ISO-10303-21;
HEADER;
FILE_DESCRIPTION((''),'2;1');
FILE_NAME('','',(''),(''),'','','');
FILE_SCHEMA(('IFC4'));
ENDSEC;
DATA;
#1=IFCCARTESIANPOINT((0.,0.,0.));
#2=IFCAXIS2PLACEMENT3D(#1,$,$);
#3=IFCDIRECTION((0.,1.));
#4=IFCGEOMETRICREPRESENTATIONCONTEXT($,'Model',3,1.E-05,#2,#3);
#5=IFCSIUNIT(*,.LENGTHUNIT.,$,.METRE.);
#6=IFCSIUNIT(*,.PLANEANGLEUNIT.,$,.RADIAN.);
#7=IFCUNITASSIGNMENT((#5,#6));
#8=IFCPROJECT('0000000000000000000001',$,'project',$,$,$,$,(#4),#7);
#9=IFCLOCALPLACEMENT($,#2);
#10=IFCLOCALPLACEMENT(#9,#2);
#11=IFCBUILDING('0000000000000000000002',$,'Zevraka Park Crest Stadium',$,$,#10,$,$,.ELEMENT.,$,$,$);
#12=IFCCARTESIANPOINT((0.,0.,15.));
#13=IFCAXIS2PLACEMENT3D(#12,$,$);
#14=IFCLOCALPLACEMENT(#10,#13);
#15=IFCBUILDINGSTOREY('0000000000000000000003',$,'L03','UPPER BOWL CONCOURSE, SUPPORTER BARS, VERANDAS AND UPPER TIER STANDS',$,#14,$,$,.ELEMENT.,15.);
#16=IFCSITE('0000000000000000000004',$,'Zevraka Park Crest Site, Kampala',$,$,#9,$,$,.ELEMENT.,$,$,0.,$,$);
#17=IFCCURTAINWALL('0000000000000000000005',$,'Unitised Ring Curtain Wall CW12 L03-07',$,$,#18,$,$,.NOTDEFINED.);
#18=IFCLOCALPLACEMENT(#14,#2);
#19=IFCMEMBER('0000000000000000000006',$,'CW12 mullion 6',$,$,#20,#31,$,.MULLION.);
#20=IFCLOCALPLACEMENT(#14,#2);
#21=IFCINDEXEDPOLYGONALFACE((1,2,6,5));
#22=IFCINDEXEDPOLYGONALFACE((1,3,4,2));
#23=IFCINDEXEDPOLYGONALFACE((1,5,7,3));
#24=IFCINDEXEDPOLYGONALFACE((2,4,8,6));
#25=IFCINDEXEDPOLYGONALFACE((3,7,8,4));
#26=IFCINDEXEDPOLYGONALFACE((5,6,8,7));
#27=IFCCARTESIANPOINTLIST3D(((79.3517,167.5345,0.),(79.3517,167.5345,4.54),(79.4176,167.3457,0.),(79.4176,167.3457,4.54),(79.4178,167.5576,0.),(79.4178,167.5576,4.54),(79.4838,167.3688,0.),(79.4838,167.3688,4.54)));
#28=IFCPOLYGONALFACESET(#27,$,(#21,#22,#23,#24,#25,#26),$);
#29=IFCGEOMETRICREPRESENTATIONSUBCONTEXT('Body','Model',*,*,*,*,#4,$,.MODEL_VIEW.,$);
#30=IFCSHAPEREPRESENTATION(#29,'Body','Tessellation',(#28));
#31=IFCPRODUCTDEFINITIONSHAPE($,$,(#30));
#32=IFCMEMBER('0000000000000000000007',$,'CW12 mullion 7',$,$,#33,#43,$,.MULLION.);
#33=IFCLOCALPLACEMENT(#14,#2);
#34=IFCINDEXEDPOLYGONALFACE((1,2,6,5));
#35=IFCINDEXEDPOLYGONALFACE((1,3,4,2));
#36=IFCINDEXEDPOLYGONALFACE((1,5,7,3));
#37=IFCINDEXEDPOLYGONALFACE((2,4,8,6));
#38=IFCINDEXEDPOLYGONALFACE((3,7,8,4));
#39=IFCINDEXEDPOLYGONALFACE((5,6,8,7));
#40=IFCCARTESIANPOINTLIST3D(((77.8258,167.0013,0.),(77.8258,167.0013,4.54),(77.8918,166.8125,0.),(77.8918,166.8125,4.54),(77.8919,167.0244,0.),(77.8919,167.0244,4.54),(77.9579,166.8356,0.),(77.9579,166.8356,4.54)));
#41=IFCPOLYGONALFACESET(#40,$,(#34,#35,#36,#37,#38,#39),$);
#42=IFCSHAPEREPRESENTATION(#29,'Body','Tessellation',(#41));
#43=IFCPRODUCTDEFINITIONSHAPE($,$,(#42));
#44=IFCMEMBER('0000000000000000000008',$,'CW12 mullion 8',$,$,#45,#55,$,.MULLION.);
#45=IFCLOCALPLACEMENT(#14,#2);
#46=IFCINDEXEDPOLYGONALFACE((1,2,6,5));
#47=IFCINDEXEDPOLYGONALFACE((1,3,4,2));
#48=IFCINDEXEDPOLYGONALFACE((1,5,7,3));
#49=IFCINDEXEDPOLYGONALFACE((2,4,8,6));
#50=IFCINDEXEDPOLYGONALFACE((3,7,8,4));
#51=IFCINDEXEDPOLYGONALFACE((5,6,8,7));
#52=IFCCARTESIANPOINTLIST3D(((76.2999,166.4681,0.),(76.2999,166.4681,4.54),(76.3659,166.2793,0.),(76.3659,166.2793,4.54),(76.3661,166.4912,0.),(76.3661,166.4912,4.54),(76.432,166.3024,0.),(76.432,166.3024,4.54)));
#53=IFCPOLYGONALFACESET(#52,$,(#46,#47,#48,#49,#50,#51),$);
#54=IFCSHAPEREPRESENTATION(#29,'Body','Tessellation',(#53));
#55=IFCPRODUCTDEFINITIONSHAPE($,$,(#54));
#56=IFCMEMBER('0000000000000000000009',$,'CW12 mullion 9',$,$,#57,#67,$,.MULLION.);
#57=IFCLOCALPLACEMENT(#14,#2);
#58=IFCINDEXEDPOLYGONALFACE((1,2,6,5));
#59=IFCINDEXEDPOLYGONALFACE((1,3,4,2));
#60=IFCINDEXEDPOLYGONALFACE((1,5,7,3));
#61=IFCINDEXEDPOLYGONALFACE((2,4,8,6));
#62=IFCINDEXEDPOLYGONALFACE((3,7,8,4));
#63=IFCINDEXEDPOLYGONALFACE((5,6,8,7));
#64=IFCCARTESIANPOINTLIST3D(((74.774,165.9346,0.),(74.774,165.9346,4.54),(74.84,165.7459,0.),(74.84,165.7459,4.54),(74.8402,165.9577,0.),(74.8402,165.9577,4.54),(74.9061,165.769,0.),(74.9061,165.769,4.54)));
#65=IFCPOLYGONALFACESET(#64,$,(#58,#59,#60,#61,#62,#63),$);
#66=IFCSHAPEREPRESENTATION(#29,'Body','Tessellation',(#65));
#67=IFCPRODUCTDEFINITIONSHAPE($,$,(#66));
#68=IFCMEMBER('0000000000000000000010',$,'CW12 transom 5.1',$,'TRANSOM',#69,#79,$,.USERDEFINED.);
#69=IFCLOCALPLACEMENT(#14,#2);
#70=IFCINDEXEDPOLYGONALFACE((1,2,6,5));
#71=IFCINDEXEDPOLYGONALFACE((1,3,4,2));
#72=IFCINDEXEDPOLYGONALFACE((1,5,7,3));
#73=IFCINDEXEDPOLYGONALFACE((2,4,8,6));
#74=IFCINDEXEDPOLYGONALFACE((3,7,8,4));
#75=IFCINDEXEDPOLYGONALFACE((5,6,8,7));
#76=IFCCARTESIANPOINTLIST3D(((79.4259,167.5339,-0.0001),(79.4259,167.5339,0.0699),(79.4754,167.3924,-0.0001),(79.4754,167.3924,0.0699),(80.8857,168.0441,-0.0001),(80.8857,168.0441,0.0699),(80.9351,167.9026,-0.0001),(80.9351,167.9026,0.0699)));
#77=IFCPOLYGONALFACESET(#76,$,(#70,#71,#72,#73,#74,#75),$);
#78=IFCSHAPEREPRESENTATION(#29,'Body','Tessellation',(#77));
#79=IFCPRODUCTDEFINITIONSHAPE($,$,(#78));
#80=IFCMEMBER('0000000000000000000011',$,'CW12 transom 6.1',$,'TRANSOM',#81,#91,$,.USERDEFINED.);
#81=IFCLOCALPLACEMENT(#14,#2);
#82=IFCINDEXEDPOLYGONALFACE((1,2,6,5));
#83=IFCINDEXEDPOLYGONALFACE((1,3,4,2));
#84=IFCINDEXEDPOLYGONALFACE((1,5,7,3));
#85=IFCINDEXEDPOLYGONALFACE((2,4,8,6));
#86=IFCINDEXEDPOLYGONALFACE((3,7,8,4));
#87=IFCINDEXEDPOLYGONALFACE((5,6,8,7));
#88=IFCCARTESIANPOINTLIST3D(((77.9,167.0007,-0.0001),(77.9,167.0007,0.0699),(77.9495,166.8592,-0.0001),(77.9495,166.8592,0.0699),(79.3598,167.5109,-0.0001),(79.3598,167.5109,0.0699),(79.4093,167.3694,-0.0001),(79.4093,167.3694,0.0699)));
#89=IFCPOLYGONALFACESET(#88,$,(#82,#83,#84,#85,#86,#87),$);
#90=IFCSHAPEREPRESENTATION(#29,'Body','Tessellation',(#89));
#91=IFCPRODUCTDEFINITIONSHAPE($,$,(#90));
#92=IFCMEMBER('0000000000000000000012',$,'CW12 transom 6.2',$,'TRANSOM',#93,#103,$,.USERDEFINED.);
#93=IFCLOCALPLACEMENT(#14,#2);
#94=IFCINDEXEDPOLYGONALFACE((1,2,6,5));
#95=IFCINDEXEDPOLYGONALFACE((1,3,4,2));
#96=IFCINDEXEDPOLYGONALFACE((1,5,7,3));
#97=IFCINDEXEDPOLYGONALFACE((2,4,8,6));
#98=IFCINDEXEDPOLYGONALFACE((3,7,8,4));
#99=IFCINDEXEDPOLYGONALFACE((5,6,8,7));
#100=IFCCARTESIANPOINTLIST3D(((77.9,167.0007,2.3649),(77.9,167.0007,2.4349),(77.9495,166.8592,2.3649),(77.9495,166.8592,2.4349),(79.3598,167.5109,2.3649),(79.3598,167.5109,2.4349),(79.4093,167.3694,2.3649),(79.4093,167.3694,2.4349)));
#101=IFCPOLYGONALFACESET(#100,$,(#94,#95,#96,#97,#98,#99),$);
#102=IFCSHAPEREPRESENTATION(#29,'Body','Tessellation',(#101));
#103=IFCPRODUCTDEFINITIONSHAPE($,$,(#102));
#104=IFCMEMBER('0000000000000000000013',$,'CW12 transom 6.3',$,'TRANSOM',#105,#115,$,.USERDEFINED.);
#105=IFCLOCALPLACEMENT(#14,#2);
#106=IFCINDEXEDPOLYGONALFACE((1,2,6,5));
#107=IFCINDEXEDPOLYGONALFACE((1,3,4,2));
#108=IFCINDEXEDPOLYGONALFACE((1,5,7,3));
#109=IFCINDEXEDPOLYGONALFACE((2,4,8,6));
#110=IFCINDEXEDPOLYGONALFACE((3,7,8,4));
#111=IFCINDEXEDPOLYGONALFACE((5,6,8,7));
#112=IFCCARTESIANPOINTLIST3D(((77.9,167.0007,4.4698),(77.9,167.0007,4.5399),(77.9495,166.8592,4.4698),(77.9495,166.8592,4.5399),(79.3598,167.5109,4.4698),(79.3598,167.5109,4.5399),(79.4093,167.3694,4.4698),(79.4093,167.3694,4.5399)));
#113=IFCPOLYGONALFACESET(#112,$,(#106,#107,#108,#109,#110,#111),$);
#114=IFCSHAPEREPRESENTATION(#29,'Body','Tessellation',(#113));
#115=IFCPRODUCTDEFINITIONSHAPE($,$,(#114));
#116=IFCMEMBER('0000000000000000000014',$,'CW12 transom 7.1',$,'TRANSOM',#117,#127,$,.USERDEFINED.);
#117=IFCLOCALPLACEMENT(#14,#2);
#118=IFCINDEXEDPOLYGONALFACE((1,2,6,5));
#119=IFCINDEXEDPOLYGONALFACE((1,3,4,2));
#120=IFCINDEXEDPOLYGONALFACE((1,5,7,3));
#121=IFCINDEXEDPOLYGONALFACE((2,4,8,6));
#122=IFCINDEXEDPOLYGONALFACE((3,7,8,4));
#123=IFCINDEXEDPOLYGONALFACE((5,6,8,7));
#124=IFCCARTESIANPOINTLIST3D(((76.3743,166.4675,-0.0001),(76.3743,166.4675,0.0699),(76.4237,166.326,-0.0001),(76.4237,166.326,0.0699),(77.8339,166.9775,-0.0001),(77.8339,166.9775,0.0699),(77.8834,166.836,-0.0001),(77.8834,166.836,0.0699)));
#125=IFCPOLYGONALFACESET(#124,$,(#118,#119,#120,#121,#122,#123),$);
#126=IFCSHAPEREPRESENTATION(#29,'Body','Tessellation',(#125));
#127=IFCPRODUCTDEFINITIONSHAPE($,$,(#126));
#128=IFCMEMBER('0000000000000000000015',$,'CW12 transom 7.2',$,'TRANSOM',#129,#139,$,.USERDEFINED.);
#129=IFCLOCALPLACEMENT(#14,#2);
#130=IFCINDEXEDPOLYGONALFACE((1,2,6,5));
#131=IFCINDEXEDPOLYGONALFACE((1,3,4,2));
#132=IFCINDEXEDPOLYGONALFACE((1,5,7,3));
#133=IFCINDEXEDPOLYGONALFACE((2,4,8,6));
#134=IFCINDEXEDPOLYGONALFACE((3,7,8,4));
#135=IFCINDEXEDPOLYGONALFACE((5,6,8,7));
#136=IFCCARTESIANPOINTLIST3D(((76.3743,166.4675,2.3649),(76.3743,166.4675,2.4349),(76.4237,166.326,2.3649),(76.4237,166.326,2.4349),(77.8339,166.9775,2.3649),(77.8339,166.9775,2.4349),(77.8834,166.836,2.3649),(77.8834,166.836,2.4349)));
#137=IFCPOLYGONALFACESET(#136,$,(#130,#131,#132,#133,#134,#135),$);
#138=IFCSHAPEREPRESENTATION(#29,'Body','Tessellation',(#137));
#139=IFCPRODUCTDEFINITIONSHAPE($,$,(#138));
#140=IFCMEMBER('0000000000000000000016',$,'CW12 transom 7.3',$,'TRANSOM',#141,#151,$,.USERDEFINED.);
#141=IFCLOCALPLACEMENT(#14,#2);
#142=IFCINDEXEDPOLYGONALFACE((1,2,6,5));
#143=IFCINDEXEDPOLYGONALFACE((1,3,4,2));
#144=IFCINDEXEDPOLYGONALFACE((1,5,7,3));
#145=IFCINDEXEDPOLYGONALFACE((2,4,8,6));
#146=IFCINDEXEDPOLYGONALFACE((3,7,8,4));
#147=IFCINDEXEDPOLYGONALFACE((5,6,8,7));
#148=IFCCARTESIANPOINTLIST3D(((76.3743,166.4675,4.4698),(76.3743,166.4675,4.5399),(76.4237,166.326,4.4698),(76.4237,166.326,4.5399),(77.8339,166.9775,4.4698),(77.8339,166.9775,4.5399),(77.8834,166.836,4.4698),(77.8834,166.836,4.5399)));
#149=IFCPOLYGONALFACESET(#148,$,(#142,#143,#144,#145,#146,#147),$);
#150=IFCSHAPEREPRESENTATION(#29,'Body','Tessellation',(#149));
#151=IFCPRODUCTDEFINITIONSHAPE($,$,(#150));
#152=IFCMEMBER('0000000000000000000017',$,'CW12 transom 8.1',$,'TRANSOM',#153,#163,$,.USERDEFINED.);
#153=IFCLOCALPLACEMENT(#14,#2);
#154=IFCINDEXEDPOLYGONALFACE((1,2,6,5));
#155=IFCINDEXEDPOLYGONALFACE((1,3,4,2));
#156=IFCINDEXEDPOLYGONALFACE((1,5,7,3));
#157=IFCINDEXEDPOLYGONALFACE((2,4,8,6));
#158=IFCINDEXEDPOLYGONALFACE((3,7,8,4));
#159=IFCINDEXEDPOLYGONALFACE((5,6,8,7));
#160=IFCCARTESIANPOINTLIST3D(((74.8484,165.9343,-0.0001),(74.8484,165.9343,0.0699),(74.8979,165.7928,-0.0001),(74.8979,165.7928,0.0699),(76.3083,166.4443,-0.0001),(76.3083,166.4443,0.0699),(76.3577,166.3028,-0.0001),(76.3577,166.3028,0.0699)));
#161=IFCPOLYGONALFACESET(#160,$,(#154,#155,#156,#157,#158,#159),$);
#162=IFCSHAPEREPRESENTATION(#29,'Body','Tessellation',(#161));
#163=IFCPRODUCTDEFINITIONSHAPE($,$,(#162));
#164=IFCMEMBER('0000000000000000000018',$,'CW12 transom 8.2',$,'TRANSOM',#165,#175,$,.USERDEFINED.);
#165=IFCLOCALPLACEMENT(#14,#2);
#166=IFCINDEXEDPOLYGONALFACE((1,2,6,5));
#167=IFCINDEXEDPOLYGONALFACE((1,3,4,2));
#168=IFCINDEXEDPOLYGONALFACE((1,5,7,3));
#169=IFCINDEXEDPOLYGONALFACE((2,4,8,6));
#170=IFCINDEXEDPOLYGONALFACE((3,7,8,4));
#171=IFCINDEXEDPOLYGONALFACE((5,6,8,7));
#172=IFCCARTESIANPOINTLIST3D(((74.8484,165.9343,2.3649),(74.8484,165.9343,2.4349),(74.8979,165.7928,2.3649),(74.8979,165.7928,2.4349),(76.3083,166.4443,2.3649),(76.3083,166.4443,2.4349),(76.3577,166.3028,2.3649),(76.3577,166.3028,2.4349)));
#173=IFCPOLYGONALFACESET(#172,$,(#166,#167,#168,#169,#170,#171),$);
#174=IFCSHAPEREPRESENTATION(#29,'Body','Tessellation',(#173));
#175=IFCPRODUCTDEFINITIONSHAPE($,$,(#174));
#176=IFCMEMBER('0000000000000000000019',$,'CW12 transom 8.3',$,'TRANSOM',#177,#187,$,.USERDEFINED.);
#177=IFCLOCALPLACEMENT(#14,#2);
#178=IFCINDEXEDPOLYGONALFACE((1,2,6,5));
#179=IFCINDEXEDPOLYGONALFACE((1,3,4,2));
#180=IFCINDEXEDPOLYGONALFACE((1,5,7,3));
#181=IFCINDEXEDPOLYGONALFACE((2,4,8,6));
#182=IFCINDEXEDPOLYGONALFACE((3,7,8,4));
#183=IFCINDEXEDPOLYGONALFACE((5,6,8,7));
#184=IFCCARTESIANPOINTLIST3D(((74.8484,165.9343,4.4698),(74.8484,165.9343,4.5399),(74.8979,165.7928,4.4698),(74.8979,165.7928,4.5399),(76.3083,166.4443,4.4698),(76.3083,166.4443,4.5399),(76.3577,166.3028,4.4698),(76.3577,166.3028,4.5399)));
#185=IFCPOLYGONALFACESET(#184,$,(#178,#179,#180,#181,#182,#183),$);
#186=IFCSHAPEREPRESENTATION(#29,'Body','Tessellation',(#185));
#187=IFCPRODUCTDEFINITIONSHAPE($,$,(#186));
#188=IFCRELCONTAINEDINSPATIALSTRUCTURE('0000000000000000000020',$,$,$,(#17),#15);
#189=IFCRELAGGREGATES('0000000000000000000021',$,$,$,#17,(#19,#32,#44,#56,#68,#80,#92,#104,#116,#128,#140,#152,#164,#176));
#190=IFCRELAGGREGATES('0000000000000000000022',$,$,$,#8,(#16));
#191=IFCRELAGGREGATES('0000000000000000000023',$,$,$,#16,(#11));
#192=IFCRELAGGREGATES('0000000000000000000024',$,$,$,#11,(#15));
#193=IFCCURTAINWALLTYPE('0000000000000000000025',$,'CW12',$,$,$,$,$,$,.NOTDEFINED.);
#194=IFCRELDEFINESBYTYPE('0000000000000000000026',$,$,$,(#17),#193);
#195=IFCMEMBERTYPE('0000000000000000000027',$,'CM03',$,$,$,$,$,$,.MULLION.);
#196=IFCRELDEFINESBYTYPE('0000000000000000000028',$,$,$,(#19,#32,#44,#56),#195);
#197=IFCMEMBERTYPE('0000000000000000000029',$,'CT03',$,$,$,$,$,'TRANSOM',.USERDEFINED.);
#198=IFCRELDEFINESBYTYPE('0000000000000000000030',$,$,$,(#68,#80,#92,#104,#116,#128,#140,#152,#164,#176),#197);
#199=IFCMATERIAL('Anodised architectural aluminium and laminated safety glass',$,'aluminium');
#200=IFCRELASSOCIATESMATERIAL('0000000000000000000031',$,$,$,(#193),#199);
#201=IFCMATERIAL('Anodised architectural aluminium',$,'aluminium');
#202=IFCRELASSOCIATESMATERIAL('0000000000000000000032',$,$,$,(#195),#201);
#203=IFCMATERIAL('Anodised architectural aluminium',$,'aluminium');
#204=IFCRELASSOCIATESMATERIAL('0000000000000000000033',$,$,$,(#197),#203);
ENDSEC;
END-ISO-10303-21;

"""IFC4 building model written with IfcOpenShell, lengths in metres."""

from ifc_helpers import new_model, si_unit, direction, frame, origin, origin_2d, place, context, subcontext, project, spatial, rectangle, extrude, material, material_profile, profile_set, type_object, element, aggregate, save


model = new_model("IFC4")

# Units and contexts
model_context = context("Model", 3, precision=1e-05, world=origin(), true_north=direction((0.0, 1.0)))
body_context = subcontext(model_context, "Body", "Model", "MODEL_VIEW")
ifc_project = project(units=[si_unit("LENGTHUNIT", "METRE"), si_unit("PLANEANGLEUNIT", "RADIAN")], contexts=[model_context])

# Site, building, storey
site_placement = place(None, origin())
site = spatial("IfcSite", under=ifc_project, at=site_placement, Name="Zevraka Park Crest Site, Kampala", CompositionType="ELEMENT", RefElevation=0.0)
building_placement = place(site_placement, origin())
building = spatial("IfcBuilding", under=site, at=building_placement, Name="Zevraka Park Crest Stadium", CompositionType="ELEMENT")
storey_placement = place(building_placement, frame((0.0, 0.0, 15.0)))
storey = spatial("IfcBuildingStorey", under=building, at=storey_placement, Name="L03", Description="UPPER BOWL CONCOURSE, SUPPORTER BARS, VERANDAS AND UPPER TIER STANDS", CompositionType="ELEMENT", Elevation=15.0)

# Curtain wall, members
ifc_material_1 = material(Name="Anodised architectural aluminium and laminated safety glass", Category="aluminium")
curtain_wall_type = type_object("IfcCurtainWallType", Name="CW12", PredefinedType="NOTDEFINED", material=ifc_material_1)
curtain_wall_placement = place(storey_placement, origin())
curtain_wall = element("IfcCurtainWall", 1, at=curtain_wall_placement, inside=storey, type_object=curtain_wall_type, Name="Unitised Ring Curtain Wall CW12 L03-07", PredefinedType="NOTDEFINED")
ifc_material_2 = material(Name="Anodised architectural aluminium", Category="aluminium")
ifc_material_profile_1 = material_profile(ifc_material_2, rectangle(XDim=0.2, YDim=0.0701, at=origin_2d()), Name="ALU MULLION 200x70")
ifc_profile_set_1 = profile_set([ifc_material_profile_1], Name="Anodised architectural aluminium")
member_type_1 = type_object("IfcMemberType", Name="CM03", PredefinedType="MULLION", material=ifc_profile_set_1)
member_1_placement = place(storey_placement, frame((79.4177, 167.4517, 0.0), z_axis=(0.0, 0.0, 1.0), x_axis=(0.329917, -0.94401, 0.0)))
member_1 = element("IfcMember", 2, at=member_1_placement, type_object=member_type_1, Name="CW12 mullion 6", PredefinedType="MULLION", context=body_context, shape_type="SweptSolid", body=[
    extrude(rectangle(XDim=0.2, YDim=0.0701, at=origin_2d()), origin(), (0.0, 0.0, 1.0), 4.54),
])
member_2_placement = place(storey_placement, frame((77.8918, 166.9185, 0.0), z_axis=(0.0, 0.0, 1.0), x_axis=(0.329917, -0.94401, 0.0)))
member_2 = element("IfcMember", 3, at=member_2_placement, type_object=member_type_1, Name="CW12 mullion 7", PredefinedType="MULLION", context=body_context, shape_type="SweptSolid", body=[
    extrude(rectangle(XDim=0.2, YDim=0.0701, at=origin_2d()), origin(), (0.0, 0.0, 1.0), 4.54),
])
member_3_placement = place(storey_placement, frame((76.366, 166.3853, 0.0), z_axis=(0.0, 0.0, 1.0), x_axis=(0.329917, -0.94401, 0.0)))
member_3 = element("IfcMember", 4, at=member_3_placement, type_object=member_type_1, Name="CW12 mullion 8", PredefinedType="MULLION", context=body_context, shape_type="SweptSolid", body=[
    extrude(rectangle(XDim=0.2, YDim=0.0701, at=origin_2d()), origin(), (0.0, 0.0, 1.0), 4.54),
])
member_4_placement = place(storey_placement, frame((74.8401, 165.8518, 0.0), z_axis=(0.0, 0.0, 1.0), x_axis=(0.329917, -0.94401, 0.0)))
member_4 = element("IfcMember", 5, at=member_4_placement, type_object=member_type_1, Name="CW12 mullion 9", PredefinedType="MULLION", context=body_context, shape_type="SweptSolid", body=[
    extrude(rectangle(XDim=0.2, YDim=0.0701, at=origin_2d()), origin(), (0.0, 0.0, 1.0), 4.54),
])
ifc_material_3 = material(Name="Anodised architectural aluminium", Category="aluminium")
ifc_material_profile_2 = material_profile(ifc_material_3, rectangle(XDim=0.1499, YDim=0.0701, at=origin_2d()), Name="ALU TRANSOM 150x70")
ifc_profile_set_2 = profile_set([ifc_material_profile_2], Name="Anodised architectural aluminium")
member_type_2 = type_object("IfcMemberType", Name="CT03", ElementType="TRANSOM", PredefinedType="USERDEFINED", material=ifc_profile_set_2)
member_5_placement = place(storey_placement, frame((80.9104, 167.9734, 0.0349), z_axis=(-0.943989, -0.329978, 0.0), x_axis=(0.329978, -0.943989, 0.0)))
member_5 = element("IfcMember", 6, at=member_5_placement, type_object=member_type_2, Name="CW12 transom 5.1", ObjectType="TRANSOM", PredefinedType="USERDEFINED", context=body_context, shape_type="SweptSolid", body=[
    extrude(rectangle(XDim=0.1499, YDim=0.0701, at=origin_2d()), origin(), (0.0, 0.0, 1.0), 1.5464),
])
member_6_placement = place(storey_placement, frame((79.3845, 167.4402, 0.0349), z_axis=(-0.943989, -0.329978, 0.0), x_axis=(0.329978, -0.943989, 0.0)))
member_6 = element("IfcMember", 7, at=member_6_placement, type_object=member_type_2, Name="CW12 transom 6.1", ObjectType="TRANSOM", PredefinedType="USERDEFINED", context=body_context, shape_type="SweptSolid", body=[
    extrude(rectangle(XDim=0.1499, YDim=0.0701, at=origin_2d()), origin(), (0.0, 0.0, 1.0), 1.5464),
])
member_7_placement = place(storey_placement, frame((79.3845, 167.4402, 2.3999), z_axis=(-0.943989, -0.329978, 0.0), x_axis=(0.329978, -0.943989, 0.0)))
member_7 = element("IfcMember", 8, at=member_7_placement, type_object=member_type_2, Name="CW12 transom 6.2", ObjectType="TRANSOM", PredefinedType="USERDEFINED", context=body_context, shape_type="SweptSolid", body=[
    extrude(rectangle(XDim=0.1499, YDim=0.0701, at=origin_2d()), origin(), (0.0, 0.0, 1.0), 1.5464),
])
member_8_placement = place(storey_placement, frame((79.3845, 167.4402, 4.5049), z_axis=(-0.943989, -0.329978, 0.0), x_axis=(0.329978, -0.943989, 0.0)))
member_8 = element("IfcMember", 9, at=member_8_placement, type_object=member_type_2, Name="CW12 transom 6.3", ObjectType="TRANSOM", PredefinedType="USERDEFINED", context=body_context, shape_type="SweptSolid", body=[
    extrude(rectangle(XDim=0.1499, YDim=0.0701, at=origin_2d()), origin(), (0.0, 0.0, 1.0), 1.5464),
])
member_9_placement = place(storey_placement, frame((77.8586, 166.9067, 0.0349), z_axis=(-0.944038, -0.329837, 0.0), x_axis=(0.329837, -0.944038, 0.0)))
member_9 = element("IfcMember", 10, at=member_9_placement, type_object=member_type_2, Name="CW12 transom 7.1", ObjectType="TRANSOM", PredefinedType="USERDEFINED", context=body_context, shape_type="SweptSolid", body=[
    extrude(rectangle(XDim=0.1499, YDim=0.0701, at=origin_2d()), origin(), (0.0, 0.0, 1.0), 1.5461),
])
member_10_placement = place(storey_placement, frame((77.8586, 166.9067, 2.3999), z_axis=(-0.944038, -0.329837, 0.0), x_axis=(0.329837, -0.944038, 0.0)))
member_10 = element("IfcMember", 11, at=member_10_placement, type_object=member_type_2, Name="CW12 transom 7.2", ObjectType="TRANSOM", PredefinedType="USERDEFINED", context=body_context, shape_type="SweptSolid", body=[
    extrude(rectangle(XDim=0.1499, YDim=0.0701, at=origin_2d()), origin(), (0.0, 0.0, 1.0), 1.5461),
])
member_11_placement = place(storey_placement, frame((77.8586, 166.9067, 4.5049), z_axis=(-0.944038, -0.329837, 0.0), x_axis=(0.329837, -0.944038, 0.0)))
member_11 = element("IfcMember", 12, at=member_11_placement, type_object=member_type_2, Name="CW12 transom 7.3", ObjectType="TRANSOM", PredefinedType="USERDEFINED", context=body_context, shape_type="SweptSolid", body=[
    extrude(rectangle(XDim=0.1499, YDim=0.0701, at=origin_2d()), origin(), (0.0, 0.0, 1.0), 1.5461),
])
member_12_placement = place(storey_placement, frame((76.333, 166.3735, 0.0349), z_axis=(-0.944055, -0.329788, 0.0), x_axis=(0.329788, -0.944055, 0.0)))
member_12 = element("IfcMember", 13, at=member_12_placement, type_object=member_type_2, Name="CW12 transom 8.1", ObjectType="TRANSOM", PredefinedType="USERDEFINED", context=body_context, shape_type="SweptSolid", body=[
    extrude(rectangle(XDim=0.1499, YDim=0.0701, at=origin_2d()), origin(), (0.0, 0.0, 1.0), 1.5464),
])
member_13_placement = place(storey_placement, frame((76.333, 166.3735, 2.3999), z_axis=(-0.944055, -0.329788, 0.0), x_axis=(0.329788, -0.944055, 0.0)))
member_13 = element("IfcMember", 14, at=member_13_placement, type_object=member_type_2, Name="CW12 transom 8.2", ObjectType="TRANSOM", PredefinedType="USERDEFINED", context=body_context, shape_type="SweptSolid", body=[
    extrude(rectangle(XDim=0.1499, YDim=0.0701, at=origin_2d()), origin(), (0.0, 0.0, 1.0), 1.5464),
])
member_14_placement = place(storey_placement, frame((76.333, 166.3735, 4.5049), z_axis=(-0.944055, -0.329788, 0.0), x_axis=(0.329788, -0.944055, 0.0)))
member_14 = element("IfcMember", 15, at=member_14_placement, type_object=member_type_2, Name="CW12 transom 8.3", ObjectType="TRANSOM", PredefinedType="USERDEFINED", context=body_context, shape_type="SweptSolid", body=[
    extrude(rectangle(XDim=0.1499, YDim=0.0701, at=origin_2d()), origin(), (0.0, 0.0, 1.0), 1.5464),
])

aggregate(curtain_wall, [member_1, member_2, member_3, member_4, member_5, member_6, member_7, member_8, member_9, member_10, member_11, member_12, member_13, member_14])

save(model, "model.ifc")
